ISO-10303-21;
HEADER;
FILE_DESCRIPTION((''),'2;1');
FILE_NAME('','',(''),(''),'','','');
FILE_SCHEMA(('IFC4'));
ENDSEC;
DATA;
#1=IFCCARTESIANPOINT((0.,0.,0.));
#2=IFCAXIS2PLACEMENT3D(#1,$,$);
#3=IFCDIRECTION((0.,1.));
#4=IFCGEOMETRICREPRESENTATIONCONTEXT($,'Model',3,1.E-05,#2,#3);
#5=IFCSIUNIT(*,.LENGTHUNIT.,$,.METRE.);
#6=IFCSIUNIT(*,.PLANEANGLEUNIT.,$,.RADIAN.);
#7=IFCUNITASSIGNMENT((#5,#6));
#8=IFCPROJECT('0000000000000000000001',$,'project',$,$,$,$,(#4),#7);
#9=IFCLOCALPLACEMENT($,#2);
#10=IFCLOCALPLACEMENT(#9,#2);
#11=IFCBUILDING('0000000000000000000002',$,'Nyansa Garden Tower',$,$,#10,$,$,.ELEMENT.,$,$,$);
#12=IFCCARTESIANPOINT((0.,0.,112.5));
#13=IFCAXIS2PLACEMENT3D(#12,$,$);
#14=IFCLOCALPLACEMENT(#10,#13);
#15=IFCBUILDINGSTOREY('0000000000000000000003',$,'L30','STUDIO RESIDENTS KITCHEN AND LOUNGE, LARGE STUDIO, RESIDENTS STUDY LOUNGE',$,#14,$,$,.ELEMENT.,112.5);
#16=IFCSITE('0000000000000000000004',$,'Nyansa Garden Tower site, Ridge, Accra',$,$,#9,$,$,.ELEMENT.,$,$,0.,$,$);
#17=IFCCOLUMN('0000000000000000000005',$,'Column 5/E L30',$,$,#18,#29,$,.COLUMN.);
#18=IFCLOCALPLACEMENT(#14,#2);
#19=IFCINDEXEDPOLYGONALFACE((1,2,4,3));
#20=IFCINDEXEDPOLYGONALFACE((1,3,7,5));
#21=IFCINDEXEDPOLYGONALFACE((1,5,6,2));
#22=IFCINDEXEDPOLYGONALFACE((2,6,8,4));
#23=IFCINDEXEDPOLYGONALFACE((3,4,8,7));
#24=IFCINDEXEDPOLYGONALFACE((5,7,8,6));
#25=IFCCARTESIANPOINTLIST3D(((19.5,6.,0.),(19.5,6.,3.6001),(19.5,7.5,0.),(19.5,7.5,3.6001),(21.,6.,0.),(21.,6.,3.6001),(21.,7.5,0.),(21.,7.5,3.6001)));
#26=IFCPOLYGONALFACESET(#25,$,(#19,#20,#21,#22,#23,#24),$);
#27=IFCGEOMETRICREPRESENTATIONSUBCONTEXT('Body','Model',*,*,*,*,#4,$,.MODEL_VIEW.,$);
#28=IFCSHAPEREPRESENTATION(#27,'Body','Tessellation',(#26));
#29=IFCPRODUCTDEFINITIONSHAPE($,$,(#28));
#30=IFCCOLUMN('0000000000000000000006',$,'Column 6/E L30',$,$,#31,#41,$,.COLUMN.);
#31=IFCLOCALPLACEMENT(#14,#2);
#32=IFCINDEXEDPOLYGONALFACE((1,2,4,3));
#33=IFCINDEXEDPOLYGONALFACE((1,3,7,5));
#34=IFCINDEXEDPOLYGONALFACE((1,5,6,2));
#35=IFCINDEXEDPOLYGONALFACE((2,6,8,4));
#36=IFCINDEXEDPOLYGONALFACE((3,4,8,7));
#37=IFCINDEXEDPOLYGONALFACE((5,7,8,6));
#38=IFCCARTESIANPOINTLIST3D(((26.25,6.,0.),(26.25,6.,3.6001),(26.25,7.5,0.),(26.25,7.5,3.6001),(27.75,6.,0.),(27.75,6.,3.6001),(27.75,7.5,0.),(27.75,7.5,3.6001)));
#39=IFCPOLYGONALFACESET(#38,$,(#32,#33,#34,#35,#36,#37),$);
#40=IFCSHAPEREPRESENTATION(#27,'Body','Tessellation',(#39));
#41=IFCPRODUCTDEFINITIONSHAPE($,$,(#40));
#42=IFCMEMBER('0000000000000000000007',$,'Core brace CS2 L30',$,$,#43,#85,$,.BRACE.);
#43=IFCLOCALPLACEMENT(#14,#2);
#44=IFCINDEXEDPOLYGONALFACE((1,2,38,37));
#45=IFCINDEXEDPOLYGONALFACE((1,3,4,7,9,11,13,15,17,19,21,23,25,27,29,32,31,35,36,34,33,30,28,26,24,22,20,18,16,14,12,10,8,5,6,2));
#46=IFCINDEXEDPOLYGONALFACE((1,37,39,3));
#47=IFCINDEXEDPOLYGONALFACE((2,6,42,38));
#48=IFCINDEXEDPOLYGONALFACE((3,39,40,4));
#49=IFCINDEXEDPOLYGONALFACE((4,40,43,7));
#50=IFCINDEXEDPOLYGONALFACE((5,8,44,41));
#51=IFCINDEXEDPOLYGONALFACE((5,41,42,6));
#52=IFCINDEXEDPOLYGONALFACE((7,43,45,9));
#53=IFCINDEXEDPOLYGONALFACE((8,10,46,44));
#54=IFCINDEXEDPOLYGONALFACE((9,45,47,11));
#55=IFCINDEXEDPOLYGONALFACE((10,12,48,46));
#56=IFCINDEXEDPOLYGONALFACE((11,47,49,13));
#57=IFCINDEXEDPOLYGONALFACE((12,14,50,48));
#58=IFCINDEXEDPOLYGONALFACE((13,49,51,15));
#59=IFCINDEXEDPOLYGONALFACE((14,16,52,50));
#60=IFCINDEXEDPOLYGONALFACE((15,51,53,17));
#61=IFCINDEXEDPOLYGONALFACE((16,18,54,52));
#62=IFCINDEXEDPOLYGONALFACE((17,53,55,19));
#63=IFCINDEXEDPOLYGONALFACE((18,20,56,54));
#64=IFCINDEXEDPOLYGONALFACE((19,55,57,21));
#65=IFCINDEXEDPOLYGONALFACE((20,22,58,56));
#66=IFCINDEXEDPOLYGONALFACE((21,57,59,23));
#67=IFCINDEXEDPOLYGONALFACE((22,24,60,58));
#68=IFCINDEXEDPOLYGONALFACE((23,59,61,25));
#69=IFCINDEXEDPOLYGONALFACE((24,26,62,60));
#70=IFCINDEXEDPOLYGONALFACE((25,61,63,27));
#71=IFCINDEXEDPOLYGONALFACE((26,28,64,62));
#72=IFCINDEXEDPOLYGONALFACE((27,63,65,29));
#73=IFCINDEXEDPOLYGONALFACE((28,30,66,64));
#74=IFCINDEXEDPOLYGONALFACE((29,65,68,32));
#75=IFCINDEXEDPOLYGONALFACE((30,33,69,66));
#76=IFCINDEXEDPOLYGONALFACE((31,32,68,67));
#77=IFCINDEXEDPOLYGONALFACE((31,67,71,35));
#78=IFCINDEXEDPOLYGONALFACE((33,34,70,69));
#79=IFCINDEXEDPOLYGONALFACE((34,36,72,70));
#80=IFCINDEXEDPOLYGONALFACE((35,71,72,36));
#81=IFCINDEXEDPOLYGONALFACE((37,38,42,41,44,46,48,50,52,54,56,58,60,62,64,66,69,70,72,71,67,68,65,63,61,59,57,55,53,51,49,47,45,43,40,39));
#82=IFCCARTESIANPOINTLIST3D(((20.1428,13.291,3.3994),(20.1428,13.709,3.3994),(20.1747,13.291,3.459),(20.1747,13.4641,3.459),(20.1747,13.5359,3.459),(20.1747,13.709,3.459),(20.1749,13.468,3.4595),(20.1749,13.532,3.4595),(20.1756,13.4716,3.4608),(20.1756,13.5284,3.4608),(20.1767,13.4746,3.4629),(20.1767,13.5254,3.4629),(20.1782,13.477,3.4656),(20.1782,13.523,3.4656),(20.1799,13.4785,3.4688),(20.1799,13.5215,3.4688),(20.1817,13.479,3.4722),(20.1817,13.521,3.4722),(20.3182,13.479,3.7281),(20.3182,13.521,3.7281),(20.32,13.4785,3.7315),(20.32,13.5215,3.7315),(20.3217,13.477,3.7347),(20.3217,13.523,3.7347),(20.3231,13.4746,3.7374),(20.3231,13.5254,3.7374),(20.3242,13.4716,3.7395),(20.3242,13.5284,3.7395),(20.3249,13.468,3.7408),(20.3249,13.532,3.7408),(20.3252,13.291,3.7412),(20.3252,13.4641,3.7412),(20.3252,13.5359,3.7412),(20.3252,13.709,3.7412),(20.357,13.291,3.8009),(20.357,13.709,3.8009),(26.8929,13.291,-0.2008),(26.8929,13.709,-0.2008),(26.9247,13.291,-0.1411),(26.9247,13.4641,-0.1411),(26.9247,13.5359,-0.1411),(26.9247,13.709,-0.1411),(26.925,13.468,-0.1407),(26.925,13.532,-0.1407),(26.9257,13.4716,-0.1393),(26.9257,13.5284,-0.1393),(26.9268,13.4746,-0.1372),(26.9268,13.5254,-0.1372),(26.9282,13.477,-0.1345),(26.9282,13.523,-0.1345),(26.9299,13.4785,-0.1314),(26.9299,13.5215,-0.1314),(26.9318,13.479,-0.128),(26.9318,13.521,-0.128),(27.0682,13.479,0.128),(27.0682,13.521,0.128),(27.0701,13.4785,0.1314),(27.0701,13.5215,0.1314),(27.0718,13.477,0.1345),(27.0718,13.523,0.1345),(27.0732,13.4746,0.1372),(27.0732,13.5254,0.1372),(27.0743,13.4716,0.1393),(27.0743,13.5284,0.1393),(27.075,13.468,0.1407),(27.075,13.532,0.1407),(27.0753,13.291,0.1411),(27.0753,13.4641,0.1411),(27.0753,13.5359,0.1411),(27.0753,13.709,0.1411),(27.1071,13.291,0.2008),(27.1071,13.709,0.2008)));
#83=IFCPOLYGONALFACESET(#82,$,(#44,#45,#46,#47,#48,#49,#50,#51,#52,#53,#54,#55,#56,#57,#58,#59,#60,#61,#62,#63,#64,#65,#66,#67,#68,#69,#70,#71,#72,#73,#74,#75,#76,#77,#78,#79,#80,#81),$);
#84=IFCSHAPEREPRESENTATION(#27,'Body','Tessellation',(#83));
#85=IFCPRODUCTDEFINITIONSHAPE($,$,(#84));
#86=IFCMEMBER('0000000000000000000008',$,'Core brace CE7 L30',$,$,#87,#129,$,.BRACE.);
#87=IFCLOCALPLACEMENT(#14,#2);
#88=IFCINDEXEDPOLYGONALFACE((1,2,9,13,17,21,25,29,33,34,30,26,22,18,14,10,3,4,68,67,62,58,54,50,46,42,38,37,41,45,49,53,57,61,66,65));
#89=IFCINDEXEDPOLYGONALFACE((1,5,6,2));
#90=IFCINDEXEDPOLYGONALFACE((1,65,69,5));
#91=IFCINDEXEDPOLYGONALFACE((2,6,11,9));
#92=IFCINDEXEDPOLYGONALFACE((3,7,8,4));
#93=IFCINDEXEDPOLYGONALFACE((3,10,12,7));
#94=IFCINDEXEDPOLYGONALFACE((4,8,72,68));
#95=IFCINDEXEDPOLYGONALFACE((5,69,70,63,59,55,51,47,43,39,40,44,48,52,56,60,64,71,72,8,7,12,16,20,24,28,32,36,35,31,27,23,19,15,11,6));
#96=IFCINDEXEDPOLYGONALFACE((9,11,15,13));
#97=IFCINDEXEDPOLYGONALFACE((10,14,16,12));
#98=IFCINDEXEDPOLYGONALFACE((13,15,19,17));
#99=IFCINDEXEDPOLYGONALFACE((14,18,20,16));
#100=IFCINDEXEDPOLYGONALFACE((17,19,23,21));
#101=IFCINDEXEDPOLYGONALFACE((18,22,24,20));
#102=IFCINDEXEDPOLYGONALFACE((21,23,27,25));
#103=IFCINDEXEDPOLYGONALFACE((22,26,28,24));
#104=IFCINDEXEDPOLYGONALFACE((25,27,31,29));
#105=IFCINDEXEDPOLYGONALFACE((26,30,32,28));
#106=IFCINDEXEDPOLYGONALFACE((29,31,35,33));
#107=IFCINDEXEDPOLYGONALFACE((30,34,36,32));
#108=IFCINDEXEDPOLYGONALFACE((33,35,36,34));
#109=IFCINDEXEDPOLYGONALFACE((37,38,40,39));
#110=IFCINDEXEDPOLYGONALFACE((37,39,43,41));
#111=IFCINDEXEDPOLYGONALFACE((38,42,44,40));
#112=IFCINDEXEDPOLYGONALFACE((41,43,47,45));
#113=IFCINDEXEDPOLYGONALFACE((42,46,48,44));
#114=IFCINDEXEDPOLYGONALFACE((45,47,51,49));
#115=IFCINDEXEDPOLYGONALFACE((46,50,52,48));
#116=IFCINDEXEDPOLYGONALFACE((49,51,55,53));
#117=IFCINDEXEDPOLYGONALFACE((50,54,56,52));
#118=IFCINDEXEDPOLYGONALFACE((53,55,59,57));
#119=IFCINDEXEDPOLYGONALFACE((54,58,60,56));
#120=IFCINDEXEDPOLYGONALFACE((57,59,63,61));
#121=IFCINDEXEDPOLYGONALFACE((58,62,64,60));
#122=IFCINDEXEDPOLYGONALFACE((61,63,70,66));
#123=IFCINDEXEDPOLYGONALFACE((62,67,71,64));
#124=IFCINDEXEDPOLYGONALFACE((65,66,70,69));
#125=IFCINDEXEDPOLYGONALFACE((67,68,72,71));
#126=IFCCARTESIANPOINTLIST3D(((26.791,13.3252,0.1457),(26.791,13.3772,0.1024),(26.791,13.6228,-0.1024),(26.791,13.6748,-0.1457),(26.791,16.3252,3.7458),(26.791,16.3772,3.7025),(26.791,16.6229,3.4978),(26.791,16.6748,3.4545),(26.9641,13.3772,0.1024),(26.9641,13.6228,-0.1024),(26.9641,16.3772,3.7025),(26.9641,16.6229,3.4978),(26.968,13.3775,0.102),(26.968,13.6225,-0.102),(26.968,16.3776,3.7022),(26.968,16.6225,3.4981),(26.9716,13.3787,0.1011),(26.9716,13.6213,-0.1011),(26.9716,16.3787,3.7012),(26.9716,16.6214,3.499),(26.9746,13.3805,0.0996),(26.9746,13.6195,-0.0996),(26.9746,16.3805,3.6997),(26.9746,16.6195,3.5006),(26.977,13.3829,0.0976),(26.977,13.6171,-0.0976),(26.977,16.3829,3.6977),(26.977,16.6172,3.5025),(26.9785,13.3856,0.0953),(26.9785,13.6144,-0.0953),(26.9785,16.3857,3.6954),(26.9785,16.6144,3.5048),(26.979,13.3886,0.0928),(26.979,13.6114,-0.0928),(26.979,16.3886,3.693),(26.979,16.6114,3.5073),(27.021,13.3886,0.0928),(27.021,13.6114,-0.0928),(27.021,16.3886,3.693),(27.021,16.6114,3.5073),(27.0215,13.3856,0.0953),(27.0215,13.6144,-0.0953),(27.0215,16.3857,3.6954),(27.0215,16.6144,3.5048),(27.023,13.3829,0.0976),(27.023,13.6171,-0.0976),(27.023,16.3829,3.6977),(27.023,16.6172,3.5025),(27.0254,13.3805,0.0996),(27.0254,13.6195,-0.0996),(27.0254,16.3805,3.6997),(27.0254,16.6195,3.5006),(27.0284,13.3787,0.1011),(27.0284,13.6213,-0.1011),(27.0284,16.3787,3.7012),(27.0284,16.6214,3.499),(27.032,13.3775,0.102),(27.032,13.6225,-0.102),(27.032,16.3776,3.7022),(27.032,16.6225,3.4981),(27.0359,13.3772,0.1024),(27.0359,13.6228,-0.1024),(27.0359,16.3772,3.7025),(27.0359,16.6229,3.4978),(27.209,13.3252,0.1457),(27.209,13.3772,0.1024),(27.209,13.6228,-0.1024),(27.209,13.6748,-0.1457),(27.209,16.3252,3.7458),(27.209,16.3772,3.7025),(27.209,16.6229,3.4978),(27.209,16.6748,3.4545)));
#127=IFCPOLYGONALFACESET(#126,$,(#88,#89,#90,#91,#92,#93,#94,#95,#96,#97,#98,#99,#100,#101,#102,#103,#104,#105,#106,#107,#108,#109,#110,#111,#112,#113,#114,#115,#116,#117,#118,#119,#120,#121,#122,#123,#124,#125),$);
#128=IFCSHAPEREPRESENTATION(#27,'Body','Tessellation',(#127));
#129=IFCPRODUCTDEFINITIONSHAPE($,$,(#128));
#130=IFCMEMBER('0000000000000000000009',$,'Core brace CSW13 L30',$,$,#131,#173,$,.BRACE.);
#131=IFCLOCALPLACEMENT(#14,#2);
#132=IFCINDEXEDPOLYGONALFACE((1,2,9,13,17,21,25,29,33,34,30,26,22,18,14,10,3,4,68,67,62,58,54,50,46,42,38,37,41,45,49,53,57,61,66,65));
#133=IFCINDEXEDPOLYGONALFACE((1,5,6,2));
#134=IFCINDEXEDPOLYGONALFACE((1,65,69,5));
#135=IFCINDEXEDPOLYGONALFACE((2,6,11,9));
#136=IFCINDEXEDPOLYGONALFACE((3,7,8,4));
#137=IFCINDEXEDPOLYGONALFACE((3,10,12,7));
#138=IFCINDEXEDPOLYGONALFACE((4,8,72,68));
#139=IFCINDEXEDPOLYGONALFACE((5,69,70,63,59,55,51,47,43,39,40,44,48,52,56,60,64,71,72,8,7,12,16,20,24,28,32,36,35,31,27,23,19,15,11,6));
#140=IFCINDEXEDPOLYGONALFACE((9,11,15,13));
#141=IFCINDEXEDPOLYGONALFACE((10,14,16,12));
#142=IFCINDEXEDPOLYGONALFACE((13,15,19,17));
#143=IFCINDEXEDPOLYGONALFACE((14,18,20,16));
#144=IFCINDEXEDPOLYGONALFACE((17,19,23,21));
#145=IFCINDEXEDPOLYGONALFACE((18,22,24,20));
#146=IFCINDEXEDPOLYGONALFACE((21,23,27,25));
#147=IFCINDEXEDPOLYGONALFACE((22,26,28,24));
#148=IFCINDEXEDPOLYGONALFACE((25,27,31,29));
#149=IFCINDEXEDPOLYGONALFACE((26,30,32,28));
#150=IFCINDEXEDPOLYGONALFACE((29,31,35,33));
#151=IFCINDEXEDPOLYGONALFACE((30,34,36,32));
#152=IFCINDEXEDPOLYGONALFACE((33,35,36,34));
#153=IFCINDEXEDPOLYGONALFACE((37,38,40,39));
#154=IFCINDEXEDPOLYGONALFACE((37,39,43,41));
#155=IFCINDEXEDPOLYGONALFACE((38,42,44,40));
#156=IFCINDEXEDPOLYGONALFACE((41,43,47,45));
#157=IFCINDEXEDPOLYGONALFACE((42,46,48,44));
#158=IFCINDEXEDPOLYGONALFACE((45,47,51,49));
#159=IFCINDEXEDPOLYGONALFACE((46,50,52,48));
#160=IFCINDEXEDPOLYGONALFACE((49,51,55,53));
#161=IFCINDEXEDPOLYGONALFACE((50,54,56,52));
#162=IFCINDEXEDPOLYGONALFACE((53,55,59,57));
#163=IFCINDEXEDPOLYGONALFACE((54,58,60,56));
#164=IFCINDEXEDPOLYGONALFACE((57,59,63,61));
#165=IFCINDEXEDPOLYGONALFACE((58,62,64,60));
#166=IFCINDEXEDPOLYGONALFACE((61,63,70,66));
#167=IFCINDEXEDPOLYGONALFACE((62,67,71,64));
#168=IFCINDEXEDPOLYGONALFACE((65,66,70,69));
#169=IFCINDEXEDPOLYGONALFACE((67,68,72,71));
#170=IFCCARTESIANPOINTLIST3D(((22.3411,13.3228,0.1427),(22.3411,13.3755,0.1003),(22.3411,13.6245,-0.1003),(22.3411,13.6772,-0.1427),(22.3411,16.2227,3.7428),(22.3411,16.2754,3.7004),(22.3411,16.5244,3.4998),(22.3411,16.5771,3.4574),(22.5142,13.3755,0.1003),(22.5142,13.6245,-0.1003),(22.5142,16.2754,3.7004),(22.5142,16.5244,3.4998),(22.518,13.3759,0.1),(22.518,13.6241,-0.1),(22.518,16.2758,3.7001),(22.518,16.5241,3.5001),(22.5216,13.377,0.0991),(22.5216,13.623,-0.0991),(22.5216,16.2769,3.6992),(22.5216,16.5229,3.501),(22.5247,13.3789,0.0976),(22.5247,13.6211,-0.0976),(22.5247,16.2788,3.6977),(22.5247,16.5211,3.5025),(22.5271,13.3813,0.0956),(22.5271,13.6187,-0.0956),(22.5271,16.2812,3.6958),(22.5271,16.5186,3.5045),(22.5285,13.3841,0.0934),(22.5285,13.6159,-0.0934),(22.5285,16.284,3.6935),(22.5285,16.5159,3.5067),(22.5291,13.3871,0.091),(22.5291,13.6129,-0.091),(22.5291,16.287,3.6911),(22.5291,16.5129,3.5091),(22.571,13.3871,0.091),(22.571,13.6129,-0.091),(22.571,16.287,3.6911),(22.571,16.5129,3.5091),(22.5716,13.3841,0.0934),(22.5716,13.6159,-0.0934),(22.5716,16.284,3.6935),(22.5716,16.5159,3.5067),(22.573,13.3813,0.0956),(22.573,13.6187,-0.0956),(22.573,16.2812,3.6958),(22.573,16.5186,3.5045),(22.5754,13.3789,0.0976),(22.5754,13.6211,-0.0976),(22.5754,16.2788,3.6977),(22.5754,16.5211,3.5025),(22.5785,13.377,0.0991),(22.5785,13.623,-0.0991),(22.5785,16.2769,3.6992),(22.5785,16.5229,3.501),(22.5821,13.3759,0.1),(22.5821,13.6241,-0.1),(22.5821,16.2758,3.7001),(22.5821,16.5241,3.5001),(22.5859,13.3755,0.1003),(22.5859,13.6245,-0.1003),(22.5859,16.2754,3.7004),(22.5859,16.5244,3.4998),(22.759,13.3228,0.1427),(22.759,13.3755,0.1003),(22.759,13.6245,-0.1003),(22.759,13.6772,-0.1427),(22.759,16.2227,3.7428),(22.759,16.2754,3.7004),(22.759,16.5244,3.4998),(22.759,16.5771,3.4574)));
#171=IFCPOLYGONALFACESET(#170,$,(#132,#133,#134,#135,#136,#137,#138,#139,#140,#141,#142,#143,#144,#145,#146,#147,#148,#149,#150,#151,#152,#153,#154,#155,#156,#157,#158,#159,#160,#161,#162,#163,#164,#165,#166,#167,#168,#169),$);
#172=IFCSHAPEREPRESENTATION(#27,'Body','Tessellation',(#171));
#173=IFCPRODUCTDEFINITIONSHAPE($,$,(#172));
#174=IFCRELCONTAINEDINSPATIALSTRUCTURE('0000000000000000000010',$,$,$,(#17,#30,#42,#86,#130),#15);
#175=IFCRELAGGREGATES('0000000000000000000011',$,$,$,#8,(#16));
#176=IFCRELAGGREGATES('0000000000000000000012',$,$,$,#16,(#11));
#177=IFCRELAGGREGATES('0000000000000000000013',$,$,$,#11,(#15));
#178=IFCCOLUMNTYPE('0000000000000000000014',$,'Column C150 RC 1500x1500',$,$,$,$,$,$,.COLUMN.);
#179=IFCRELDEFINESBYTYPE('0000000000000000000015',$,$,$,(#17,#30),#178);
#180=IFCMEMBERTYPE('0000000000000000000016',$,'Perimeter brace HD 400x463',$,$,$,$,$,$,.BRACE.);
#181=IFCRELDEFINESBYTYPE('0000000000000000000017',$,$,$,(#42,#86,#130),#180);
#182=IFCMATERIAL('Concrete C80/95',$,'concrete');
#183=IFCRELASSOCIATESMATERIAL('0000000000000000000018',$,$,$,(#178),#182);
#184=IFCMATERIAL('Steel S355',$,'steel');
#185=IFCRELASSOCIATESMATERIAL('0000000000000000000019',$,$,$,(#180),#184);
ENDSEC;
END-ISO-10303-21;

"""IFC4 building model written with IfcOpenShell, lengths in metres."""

from ifc_helpers import new_model, si_unit, direction, frame, origin, origin_2d, place, context, subcontext, project, spatial, rectangle, i_section, extrude, material, material_profile, profile_set, type_object, element, save


model = new_model("IFC4")

# Units and contexts
model_context = context("Model", 3, precision=1e-05, world=origin(), true_north=direction((0.0, 1.0)))
body_context = subcontext(model_context, "Body", "Model", "MODEL_VIEW")
ifc_project = project(units=[si_unit("LENGTHUNIT", "METRE"), si_unit("PLANEANGLEUNIT", "RADIAN")], contexts=[model_context])

# Site, building, storey
site_placement = place(None, origin())
site = spatial("IfcSite", under=ifc_project, at=site_placement, Name="Nyansa Garden Tower site, Ridge, Accra", CompositionType="ELEMENT", RefElevation=0.0)
building_placement = place(site_placement, origin())
building = spatial("IfcBuilding", under=site, at=building_placement, Name="Nyansa Garden Tower", CompositionType="ELEMENT")
storey_placement = place(building_placement, frame((0.0, 0.0, 112.5)))
storey = spatial("IfcBuildingStorey", under=building, at=storey_placement, Name="L30", Description="STUDIO RESIDENTS KITCHEN AND LOUNGE, LARGE STUDIO, RESIDENTS STUDY LOUNGE", CompositionType="ELEMENT", Elevation=112.5)

# Columns
ifc_material_1 = material(Name="Concrete C80/95", Category="concrete")
ifc_material_profile_1 = material_profile(ifc_material_1, rectangle(XDim=1.5, YDim=1.5, at=origin_2d()), Name="RC 1500x1500")
ifc_profile_set_1 = profile_set([ifc_material_profile_1], Name="Concrete C80/95")
column_type = type_object("IfcColumnType", Name="Column C150 RC 1500x1500", PredefinedType="COLUMN", material=ifc_profile_set_1)
for number, where, z_axis, x_axis, name in (
    (1, (20.25, 6.75, 0.0), (0.0, 0.0, 1.0), (1.0, 0.0, 0.0), "Column 5/E L30"),
    (2, (27.0, 6.75, 0.0), (0.0, 0.0, 1.0), (1.0, 0.0, 0.0), "Column 6/E L30"),
):
    element("IfcColumn", number, at=place(storey_placement, frame(where, z_axis=z_axis, x_axis=x_axis)), inside=storey, type_object=column_type, Name=name, PredefinedType="COLUMN", context=body_context, shape_type="SweptSolid", body=[
        extrude(rectangle(XDim=1.5, YDim=1.5, at=origin_2d()), origin(), (0.0, 0.0, 1.0), 3.6001),
    ])

# Members
ifc_material_2 = material(Name="Steel S355", Category="steel")
ifc_material_profile_2 = material_profile(ifc_material_2, i_section(OverallWidth=0.418, OverallDepth=0.4551, WebThickness=0.042, FlangeThickness=0.0676, FilletRadius=0.0149, at=origin_2d()), Name="HD 400x463")
ifc_profile_set_2 = profile_set([ifc_material_profile_2], Name="Steel S355")
member_type = type_object("IfcMemberType", Name="Perimeter brace HD 400x463", PredefinedType="BRACE", material=ifc_profile_set_2)
member_1_placement = place(storey_placement, frame((27.0, 13.5, 0.0), z_axis=(-0.882348, 0.0, 0.470598), x_axis=(0.0, -1.0, 0.0)))
element("IfcMember", 3, at=member_1_placement, inside=storey, type_object=member_type, Name="Core brace CS2 L30", PredefinedType="BRACE", context=body_context, shape_type="SweptSolid", body=[
    extrude(i_section(OverallWidth=0.418, OverallDepth=0.4551, WebThickness=0.042, FlangeThickness=0.0676, FilletRadius=0.0149, at=origin_2d()), origin(), (0.0, 0.0, 1.0), 7.6501),
])
member_2_placement = place(storey_placement, frame((27.0, 13.5, 0.0), z_axis=(0.0, 0.640174, 0.76823), x_axis=(-1.0, 0.0, 0.0)))
element("IfcMember", 4, at=member_2_placement, inside=storey, type_object=member_type, Name="Core brace CE7 L30", PredefinedType="BRACE", context=body_context, shape_type="SweptSolid", body=[
    extrude(i_section(OverallWidth=0.418, OverallDepth=0.4551, WebThickness=0.042, FlangeThickness=0.0676, FilletRadius=0.0149, at=origin_2d()), origin(), (0.0, 0.0, 1.0), 4.6863),
])
member_3_placement = place(storey_placement, frame((22.55, 13.5, 0.0), z_axis=(0.0, 0.627306, 0.778773), x_axis=(-1.0, 0.0, 0.0)))
element("IfcMember", 5, at=member_3_placement, inside=storey, type_object=member_type, Name="Core brace CSW13 L30", PredefinedType="BRACE", context=body_context, shape_type="SweptSolid", body=[
    extrude(i_section(OverallWidth=0.418, OverallDepth=0.4551, WebThickness=0.042, FlangeThickness=0.0676, FilletRadius=0.0149, at=origin_2d()), origin(), (0.0, 0.0, 1.0), 4.6228),
])

save(model, "model.ifc")
